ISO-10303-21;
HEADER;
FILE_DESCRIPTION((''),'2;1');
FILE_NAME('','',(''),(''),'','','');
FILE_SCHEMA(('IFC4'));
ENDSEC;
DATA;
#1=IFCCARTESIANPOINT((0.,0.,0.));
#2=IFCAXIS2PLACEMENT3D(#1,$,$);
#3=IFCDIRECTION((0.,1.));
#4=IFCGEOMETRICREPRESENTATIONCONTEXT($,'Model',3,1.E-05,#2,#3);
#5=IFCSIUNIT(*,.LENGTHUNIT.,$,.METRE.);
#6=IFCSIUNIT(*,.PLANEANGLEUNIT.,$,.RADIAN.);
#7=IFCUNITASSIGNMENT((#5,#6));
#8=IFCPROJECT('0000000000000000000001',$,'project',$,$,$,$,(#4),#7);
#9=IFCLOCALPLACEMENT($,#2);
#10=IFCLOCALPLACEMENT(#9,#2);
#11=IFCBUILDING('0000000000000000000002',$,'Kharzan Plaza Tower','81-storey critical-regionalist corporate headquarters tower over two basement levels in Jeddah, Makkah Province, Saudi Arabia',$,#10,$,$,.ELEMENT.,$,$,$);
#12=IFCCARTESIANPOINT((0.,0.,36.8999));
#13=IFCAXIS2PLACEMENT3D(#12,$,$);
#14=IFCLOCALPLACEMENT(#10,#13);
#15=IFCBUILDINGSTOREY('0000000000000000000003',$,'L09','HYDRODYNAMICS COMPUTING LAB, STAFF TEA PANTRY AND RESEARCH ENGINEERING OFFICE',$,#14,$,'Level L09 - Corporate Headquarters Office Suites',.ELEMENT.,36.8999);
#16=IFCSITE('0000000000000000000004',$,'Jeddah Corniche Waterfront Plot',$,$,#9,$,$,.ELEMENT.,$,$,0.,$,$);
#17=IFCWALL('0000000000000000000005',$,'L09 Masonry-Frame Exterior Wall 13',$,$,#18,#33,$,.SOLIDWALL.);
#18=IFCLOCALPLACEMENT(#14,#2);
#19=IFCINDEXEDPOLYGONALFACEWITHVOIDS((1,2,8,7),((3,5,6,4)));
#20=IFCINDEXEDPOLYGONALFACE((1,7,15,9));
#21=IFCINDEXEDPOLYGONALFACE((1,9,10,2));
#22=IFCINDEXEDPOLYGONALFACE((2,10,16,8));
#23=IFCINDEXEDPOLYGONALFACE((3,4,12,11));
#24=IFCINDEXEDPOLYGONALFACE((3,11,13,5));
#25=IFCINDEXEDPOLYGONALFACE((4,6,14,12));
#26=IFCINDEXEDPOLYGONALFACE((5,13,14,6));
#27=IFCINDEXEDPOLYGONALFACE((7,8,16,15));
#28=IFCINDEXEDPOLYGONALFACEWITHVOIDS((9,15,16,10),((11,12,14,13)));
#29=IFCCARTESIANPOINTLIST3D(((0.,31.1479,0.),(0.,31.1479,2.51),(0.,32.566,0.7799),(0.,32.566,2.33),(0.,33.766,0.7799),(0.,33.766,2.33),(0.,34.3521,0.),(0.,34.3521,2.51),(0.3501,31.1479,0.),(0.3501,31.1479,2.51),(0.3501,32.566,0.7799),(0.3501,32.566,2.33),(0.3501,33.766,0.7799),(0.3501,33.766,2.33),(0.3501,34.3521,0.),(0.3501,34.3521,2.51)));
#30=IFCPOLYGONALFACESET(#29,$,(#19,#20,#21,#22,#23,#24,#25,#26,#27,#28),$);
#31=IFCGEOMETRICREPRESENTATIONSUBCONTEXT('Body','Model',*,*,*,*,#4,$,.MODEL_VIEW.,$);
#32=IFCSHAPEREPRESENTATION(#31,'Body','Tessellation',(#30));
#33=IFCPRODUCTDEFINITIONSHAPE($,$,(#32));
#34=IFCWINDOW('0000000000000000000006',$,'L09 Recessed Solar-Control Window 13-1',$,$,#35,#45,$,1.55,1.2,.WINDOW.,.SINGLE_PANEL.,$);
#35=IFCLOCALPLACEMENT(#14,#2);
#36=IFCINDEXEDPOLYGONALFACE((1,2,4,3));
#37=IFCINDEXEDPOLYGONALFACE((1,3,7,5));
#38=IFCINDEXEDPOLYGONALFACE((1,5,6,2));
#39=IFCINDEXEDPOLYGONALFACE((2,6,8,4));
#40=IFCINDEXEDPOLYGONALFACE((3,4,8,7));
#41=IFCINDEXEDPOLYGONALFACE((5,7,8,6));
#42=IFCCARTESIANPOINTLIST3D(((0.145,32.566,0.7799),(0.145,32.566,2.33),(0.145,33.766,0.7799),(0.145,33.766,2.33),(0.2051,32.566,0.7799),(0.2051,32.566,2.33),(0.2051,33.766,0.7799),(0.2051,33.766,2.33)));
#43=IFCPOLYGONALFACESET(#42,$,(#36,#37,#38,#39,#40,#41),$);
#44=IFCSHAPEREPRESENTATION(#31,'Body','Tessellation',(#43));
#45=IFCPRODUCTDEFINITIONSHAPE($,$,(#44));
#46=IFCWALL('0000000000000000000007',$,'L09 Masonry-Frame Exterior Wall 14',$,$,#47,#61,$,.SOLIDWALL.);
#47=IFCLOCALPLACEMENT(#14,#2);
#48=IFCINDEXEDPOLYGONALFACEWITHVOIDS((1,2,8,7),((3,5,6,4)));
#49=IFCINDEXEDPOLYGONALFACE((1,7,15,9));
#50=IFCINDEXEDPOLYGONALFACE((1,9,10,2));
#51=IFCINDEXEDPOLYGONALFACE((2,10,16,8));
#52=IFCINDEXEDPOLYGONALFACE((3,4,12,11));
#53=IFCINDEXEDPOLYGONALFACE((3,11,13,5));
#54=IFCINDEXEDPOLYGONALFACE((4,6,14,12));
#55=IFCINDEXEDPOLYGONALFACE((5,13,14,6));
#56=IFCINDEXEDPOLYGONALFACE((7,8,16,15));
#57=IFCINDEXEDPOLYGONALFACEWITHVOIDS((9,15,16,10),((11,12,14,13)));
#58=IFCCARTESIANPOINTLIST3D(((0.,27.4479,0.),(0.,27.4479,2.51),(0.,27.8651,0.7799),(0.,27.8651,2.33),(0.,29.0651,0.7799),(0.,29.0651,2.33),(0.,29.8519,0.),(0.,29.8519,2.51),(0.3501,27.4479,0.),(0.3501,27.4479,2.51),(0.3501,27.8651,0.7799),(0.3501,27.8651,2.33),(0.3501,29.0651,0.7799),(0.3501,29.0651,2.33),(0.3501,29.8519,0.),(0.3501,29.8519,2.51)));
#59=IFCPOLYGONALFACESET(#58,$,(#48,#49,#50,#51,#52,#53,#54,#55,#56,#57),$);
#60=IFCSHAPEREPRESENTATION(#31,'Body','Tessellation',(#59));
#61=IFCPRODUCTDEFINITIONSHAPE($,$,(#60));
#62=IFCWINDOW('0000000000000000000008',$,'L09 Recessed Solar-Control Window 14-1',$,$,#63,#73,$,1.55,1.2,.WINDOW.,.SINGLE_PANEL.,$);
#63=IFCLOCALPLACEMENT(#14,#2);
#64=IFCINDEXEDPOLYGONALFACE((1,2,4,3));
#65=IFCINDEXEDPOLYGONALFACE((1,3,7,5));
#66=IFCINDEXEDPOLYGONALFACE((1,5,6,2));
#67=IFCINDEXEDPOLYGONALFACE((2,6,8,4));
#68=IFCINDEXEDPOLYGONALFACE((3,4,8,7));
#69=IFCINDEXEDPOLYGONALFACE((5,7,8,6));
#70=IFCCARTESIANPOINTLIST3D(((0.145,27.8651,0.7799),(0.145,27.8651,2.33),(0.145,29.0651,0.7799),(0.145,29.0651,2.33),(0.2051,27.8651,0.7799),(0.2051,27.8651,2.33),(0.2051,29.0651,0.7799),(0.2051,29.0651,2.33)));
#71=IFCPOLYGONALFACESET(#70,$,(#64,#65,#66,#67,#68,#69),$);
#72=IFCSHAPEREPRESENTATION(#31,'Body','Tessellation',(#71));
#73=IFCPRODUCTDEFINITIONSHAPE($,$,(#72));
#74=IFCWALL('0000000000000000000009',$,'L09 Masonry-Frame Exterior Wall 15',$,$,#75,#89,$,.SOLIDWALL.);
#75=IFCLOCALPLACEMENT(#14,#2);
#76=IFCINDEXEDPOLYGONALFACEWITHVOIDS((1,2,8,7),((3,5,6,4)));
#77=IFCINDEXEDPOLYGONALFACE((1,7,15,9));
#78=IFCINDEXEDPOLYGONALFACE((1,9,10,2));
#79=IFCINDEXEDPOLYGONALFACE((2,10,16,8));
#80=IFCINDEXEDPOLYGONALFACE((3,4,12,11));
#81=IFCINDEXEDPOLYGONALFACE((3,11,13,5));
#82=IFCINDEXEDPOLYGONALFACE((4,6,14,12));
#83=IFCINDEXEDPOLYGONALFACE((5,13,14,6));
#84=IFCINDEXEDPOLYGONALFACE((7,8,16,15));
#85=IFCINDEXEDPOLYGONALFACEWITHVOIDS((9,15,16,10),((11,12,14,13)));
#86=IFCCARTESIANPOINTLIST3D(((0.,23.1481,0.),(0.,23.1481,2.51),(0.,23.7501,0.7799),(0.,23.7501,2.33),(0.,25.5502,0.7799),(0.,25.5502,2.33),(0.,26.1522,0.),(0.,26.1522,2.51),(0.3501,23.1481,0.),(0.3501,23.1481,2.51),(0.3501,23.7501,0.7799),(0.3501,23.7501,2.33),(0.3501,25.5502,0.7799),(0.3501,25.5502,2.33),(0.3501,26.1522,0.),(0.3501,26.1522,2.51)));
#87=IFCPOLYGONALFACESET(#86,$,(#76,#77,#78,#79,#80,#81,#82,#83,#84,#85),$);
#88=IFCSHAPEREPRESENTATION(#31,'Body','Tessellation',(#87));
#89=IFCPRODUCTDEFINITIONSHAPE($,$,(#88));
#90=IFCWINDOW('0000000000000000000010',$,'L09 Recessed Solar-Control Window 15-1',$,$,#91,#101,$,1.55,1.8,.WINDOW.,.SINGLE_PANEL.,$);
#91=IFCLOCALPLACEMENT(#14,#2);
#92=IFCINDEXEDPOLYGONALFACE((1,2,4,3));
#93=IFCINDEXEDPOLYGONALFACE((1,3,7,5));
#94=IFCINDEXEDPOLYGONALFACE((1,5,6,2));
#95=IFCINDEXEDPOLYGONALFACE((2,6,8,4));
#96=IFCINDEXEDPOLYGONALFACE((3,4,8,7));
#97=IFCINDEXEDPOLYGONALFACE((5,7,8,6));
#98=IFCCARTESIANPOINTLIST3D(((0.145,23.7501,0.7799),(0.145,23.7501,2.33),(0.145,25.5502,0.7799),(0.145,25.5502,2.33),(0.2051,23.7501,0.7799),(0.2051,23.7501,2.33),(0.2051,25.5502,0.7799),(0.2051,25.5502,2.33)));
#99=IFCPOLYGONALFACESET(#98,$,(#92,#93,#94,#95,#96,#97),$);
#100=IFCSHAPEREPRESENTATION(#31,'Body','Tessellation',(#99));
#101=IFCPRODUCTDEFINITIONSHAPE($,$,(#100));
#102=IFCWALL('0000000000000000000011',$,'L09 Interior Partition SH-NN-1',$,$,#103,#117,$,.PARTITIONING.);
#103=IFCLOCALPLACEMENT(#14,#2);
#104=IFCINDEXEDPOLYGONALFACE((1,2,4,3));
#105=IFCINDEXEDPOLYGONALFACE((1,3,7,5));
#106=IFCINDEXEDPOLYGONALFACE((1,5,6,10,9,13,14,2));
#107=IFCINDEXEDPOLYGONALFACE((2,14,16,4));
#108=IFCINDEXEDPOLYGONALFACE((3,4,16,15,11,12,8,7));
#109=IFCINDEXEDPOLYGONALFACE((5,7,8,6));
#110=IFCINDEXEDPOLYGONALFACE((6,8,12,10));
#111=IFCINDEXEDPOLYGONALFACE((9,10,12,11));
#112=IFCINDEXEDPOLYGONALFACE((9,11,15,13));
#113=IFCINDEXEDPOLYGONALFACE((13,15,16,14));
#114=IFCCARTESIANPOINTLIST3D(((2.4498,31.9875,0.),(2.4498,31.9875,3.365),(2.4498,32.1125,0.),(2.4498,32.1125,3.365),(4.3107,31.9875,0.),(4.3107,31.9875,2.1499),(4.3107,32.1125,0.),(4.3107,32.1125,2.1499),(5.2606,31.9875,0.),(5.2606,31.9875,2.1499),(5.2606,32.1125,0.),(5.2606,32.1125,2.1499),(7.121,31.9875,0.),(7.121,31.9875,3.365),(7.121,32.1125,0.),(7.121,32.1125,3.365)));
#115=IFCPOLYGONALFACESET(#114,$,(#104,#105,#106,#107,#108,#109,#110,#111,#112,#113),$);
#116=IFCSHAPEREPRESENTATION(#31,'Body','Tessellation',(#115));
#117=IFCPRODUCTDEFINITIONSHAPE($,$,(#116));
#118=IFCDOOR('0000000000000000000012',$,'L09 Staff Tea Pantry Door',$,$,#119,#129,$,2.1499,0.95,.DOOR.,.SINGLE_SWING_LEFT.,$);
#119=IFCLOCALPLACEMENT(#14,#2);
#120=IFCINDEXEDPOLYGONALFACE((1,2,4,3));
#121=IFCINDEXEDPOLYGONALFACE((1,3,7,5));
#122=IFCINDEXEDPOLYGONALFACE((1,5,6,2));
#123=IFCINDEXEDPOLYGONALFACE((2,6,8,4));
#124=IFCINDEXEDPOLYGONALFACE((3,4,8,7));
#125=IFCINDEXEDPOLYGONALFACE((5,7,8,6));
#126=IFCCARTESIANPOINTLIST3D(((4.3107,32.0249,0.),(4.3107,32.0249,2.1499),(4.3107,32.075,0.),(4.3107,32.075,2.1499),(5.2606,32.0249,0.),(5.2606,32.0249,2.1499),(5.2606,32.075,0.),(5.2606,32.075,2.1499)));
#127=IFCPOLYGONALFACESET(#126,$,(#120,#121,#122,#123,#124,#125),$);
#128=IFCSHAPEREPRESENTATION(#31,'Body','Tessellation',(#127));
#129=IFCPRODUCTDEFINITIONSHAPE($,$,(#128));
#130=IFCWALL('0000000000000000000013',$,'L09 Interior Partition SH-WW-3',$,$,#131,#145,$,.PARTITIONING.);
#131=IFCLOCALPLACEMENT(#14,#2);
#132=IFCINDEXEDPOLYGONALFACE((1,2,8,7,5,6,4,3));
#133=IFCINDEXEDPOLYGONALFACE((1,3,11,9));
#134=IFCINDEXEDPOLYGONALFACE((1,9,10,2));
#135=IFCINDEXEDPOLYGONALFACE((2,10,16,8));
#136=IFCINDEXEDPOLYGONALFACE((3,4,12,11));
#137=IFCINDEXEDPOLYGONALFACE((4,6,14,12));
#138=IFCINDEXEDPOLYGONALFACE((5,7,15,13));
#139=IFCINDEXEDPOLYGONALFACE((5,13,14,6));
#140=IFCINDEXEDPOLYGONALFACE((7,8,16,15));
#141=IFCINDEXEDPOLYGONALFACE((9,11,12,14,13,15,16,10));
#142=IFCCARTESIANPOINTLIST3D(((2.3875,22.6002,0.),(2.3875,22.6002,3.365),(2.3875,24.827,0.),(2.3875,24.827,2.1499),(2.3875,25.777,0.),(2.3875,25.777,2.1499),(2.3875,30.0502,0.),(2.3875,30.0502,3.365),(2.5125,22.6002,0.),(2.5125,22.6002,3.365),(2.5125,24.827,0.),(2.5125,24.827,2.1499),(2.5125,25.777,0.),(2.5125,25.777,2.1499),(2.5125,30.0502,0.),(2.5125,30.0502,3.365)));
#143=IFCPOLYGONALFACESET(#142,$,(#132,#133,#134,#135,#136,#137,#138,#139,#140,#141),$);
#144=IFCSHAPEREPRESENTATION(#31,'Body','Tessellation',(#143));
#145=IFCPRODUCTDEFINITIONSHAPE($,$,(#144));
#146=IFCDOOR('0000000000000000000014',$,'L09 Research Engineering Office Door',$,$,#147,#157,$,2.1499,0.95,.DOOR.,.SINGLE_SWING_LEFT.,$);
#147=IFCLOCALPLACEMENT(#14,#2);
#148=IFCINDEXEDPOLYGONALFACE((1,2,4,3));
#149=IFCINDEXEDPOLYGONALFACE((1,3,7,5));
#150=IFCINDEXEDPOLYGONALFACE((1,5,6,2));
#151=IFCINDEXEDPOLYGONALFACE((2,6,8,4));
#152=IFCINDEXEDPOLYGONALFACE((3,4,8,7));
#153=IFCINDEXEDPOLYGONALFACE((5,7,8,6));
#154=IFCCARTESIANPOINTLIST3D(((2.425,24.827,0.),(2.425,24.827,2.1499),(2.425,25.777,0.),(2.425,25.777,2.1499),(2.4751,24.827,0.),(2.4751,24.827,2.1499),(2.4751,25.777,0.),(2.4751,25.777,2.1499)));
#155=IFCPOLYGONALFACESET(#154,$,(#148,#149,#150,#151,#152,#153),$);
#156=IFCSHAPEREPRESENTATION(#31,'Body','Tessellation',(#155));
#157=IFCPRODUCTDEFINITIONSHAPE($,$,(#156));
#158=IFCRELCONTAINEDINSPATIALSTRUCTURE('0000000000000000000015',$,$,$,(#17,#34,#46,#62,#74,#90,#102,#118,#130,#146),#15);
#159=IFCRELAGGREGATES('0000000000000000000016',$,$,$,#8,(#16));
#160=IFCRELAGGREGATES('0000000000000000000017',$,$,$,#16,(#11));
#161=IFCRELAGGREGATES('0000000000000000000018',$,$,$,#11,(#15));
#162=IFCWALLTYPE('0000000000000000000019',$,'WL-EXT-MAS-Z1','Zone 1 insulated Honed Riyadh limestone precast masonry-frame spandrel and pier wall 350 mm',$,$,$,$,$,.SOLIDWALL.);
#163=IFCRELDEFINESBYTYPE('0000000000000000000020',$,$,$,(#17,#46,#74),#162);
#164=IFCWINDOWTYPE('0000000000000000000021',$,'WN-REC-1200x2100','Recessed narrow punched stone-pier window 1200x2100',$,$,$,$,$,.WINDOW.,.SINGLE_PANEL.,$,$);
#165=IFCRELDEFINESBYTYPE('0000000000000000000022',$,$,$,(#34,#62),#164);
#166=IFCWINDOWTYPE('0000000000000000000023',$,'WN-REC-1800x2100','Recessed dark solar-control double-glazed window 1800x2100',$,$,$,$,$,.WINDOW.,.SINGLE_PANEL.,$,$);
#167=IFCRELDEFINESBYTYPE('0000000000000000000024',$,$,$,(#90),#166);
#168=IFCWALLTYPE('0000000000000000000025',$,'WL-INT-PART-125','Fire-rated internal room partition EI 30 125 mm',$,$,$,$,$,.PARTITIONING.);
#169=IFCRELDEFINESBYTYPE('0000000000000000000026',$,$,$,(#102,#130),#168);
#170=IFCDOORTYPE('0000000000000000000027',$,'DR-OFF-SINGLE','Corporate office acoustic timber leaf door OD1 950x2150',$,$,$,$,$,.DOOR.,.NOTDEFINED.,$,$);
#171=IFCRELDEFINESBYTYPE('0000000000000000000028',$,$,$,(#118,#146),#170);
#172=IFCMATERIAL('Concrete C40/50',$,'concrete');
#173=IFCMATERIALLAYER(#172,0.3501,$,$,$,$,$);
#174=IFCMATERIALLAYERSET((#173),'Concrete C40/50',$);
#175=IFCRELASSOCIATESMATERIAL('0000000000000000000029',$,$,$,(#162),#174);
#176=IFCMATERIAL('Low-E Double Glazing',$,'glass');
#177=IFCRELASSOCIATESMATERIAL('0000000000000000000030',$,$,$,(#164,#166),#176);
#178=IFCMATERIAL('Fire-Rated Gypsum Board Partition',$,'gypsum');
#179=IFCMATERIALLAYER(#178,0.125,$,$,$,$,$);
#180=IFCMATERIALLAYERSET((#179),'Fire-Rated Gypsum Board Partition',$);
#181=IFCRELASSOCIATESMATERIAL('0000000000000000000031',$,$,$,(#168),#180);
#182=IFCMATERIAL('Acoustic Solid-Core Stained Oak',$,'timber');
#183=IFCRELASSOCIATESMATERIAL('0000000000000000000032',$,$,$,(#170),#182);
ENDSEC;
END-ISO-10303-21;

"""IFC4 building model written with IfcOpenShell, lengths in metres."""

from ifc_helpers import new_model, si_unit, direction, frame, frame_2d, origin, place, context, subcontext, project, spatial, rectangle, extrude, source, transform, mapped, material, layer, layer_set, type_object, element, fill, save


model = new_model("IFC4")

# Units and contexts
model_context = context("Model", 3, precision=1e-05, world=origin(), true_north=direction((0.0, 1.0)))
body_context = subcontext(model_context, "Body", "Model", "MODEL_VIEW")
ifc_project = project(units=[si_unit("LENGTHUNIT", "METRE"), si_unit("PLANEANGLEUNIT", "RADIAN")], contexts=[model_context])

# Site, building, storey
site_placement = place(None, origin())
site = spatial("IfcSite", under=ifc_project, at=site_placement, Name="Jeddah Corniche Waterfront Plot", CompositionType="ELEMENT", RefElevation=0.0)
building_placement = place(site_placement, origin())
building = spatial("IfcBuilding", under=site, at=building_placement, Name="Kharzan Plaza Tower", Description="81-storey critical-regionalist corporate headquarters tower over two basement levels in Jeddah, Makkah Province, Saudi Arabia", CompositionType="ELEMENT")
storey_placement = place(building_placement, frame((0.0, 0.0, 36.8999)))
storey = spatial("IfcBuildingStorey", under=building, at=storey_placement, Name="L09", Description="HYDRODYNAMICS COMPUTING LAB, STAFF TEA PANTRY AND RESEARCH ENGINEERING OFFICE", LongName="Level L09 - Corporate Headquarters Office Suites", CompositionType="ELEMENT", Elevation=36.8999)

# Walls, openings, windows
ifc_material_1 = material(Name="Concrete C40/50", Category="concrete")
ifc_layer_1 = layer(ifc_material_1, 0.3501)
ifc_layer_set_1 = layer_set([ifc_layer_1], Name="Concrete C40/50")
wall_type_1 = type_object("IfcWallType", Name="WL-EXT-MAS-Z1", Description="Zone 1 insulated Honed Riyadh limestone precast masonry-frame spandrel and pier wall 350 mm", PredefinedType="SOLIDWALL", material=ifc_layer_set_1)
wall_1_placement = place(storey_placement, frame((0.175, 34.3521, 0.0), z_axis=(0.0, 0.0, 1.0), x_axis=(0.0, -1.0, 0.0)))
wall_1 = element("IfcWall", 1, at=wall_1_placement, inside=storey, type_object=wall_type_1, Name="L09 Masonry-Frame Exterior Wall 13", PredefinedType="SOLIDWALL", context=body_context, shape_type="SweptSolid", body=[
    extrude(rectangle(XDim=3.2041, YDim=0.3501, at=frame_2d((1.6021, 0.0))), origin(), (0.0, 0.0, 1.0), 2.51),
])
opening_1_placement = place(wall_1_placement, frame((0.5859, 0.0, 0.78)))
opening_1 = element("IfcOpeningElement", 2, at=opening_1_placement, cuts=wall_1, PredefinedType="OPENING", context=body_context, shape_type="SweptSolid", body=[
    extrude(rectangle(XDim=1.2, YDim=1.55, at=frame_2d((0.6001, 0.7749))), frame((0.0, 0.1851, 0.0), z_axis=(0.0, -1.0, 0.0), x_axis=(1.0, 0.0, 0.0)), (0.0, 0.0, 1.0), 0.3701),
])
ifc_material_2 = material(Name="Low-E Double Glazing", Category="glass")
window_type_1 = type_object("IfcWindowType", Name="WN-REC-1200x2100", Description="Recessed narrow punched stone-pier window 1200x2100", PartitioningType="SINGLE_PANEL", PredefinedType="WINDOW", material=ifc_material_2)
shared_shape_1 = source(origin(), body_context, "Body", "SweptSolid", [
    extrude(rectangle(XDim=1.2, YDim=1.55, at=frame_2d((0.6001, 0.7749))), frame((0.0, 0.03, 0.0), z_axis=(0.0, -1.0, 0.0), x_axis=(1.0, 0.0, 0.0)), (0.0, 0.0, 1.0), 0.0601),
])
window_1_placement = place(opening_1_placement, origin())
window_1 = element("IfcWindow", 3, at=window_1_placement, inside=storey, type_object=window_type_1, Name="L09 Recessed Solar-Control Window 13-1", OverallHeight=1.55, OverallWidth=1.2, PartitioningType="SINGLE_PANEL", PredefinedType="WINDOW", context=body_context, shape_type="MappedRepresentation", body=[
    mapped(shared_shape_1, transform((0.0, 0.0, 0.0), x_axis=(1.0, 0.0, 0.0), y_axis=(0.0, 1.0, 0.0), z_axis=(0.0, 0.0, 1.0))),
])
fill(opening_1, window_1)
wall_2_placement = place(storey_placement, frame((0.175, 29.8521, 0.0), z_axis=(0.0, 0.0, 1.0), x_axis=(0.0, -1.0, 0.0)))
wall_2 = element("IfcWall", 4, at=wall_2_placement, inside=storey, type_object=wall_type_1, Name="L09 Masonry-Frame Exterior Wall 14", PredefinedType="SOLIDWALL", context=body_context, shape_type="SweptSolid", body=[
    extrude(rectangle(XDim=2.4041, YDim=0.3501, at=frame_2d((1.2021, 0.0))), origin(), (0.0, 0.0, 1.0), 2.51),
])
opening_2_placement = place(wall_2_placement, frame((0.7869, 0.0, 0.78)))
opening_2 = element("IfcOpeningElement", 5, at=opening_2_placement, cuts=wall_2, PredefinedType="OPENING", context=body_context, shape_type="SweptSolid", body=[
    extrude(rectangle(XDim=1.2, YDim=1.55, at=frame_2d((0.6001, 0.7749))), frame((0.0, 0.1851, 0.0), z_axis=(0.0, -1.0, 0.0), x_axis=(1.0, 0.0, 0.0)), (0.0, 0.0, 1.0), 0.3701),
])
window_2_placement = place(opening_2_placement, origin())
window_2 = element("IfcWindow", 6, at=window_2_placement, inside=storey, type_object=window_type_1, Name="L09 Recessed Solar-Control Window 14-1", OverallHeight=1.55, OverallWidth=1.2, PartitioningType="SINGLE_PANEL", PredefinedType="WINDOW", context=body_context, shape_type="MappedRepresentation", body=[
    mapped(shared_shape_1, transform((0.0, 0.0, 0.0), x_axis=(1.0, 0.0, 0.0), y_axis=(0.0, 1.0, 0.0), z_axis=(0.0, 0.0, 1.0))),
])
fill(opening_2, window_2)
wall_3_placement = place(storey_placement, frame((0.175, 26.1521, 0.0), z_axis=(0.0, 0.0, 1.0), x_axis=(0.0, -1.0, 0.0)))
wall_3 = element("IfcWall", 7, at=wall_3_placement, inside=storey, type_object=wall_type_1, Name="L09 Masonry-Frame Exterior Wall 15", PredefinedType="SOLIDWALL", context=body_context, shape_type="SweptSolid", body=[
    extrude(rectangle(XDim=3.0042, YDim=0.3501, at=frame_2d((1.502, 0.0))), origin(), (0.0, 0.0, 1.0), 2.51),
])
opening_3_placement = place(wall_3_placement, frame((0.6021, 0.0, 0.78)))
opening_3 = element("IfcOpeningElement", 8, at=opening_3_placement, cuts=wall_3, PredefinedType="OPENING", context=body_context, shape_type="SweptSolid", body=[
    extrude(rectangle(XDim=1.8, YDim=1.55, at=frame_2d((0.8999, 0.7749))), frame((0.0, 0.1851, 0.0), z_axis=(0.0, -1.0, 0.0), x_axis=(1.0, 0.0, 0.0)), (0.0, 0.0, 1.0), 0.3701),
])
window_type_2 = type_object("IfcWindowType", Name="WN-REC-1800x2100", Description="Recessed dark solar-control double-glazed window 1800x2100", PartitioningType="SINGLE_PANEL", PredefinedType="WINDOW", material=ifc_material_2)
shared_shape_2 = source(origin(), body_context, "Body", "SweptSolid", [
    extrude(rectangle(XDim=1.8, YDim=1.55, at=frame_2d((0.8999, 0.7749))), frame((0.0, 0.03, 0.0), z_axis=(0.0, -1.0, 0.0), x_axis=(1.0, 0.0, 0.0)), (0.0, 0.0, 1.0), 0.0601),
])
window_3_placement = place(opening_3_placement, origin())
window_3 = element("IfcWindow", 9, at=window_3_placement, inside=storey, type_object=window_type_2, Name="L09 Recessed Solar-Control Window 15-1", OverallHeight=1.55, OverallWidth=1.8, PartitioningType="SINGLE_PANEL", PredefinedType="WINDOW", context=body_context, shape_type="MappedRepresentation", body=[
    mapped(shared_shape_2, transform((0.0, 0.0, 0.0), x_axis=(1.0, 0.0, 0.0), y_axis=(0.0, 1.0, 0.0), z_axis=(0.0, 0.0, 1.0))),
])
fill(opening_3, window_3)

# Walls, openings, doors
ifc_material_3 = material(Name="Fire-Rated Gypsum Board Partition", Category="gypsum")
ifc_layer_2 = layer(ifc_material_3, 0.125)
ifc_layer_set_2 = layer_set([ifc_layer_2], Name="Fire-Rated Gypsum Board Partition")
wall_type_2 = type_object("IfcWallType", Name="WL-INT-PART-125", Description="Fire-rated internal room partition EI 30 125 mm", PredefinedType="PARTITIONING", material=ifc_layer_set_2)
wall_4_placement = place(storey_placement, frame((2.45, 32.05, 0.0), z_axis=(0.0, 0.0, 1.0), x_axis=(1.0, 0.0, 0.0)))
wall_4 = element("IfcWall", 10, at=wall_4_placement, inside=storey, type_object=wall_type_2, Name="L09 Interior Partition SH-NN-1", PredefinedType="PARTITIONING", context=body_context, shape_type="SweptSolid", body=[
    extrude(rectangle(XDim=4.6711, YDim=0.125, at=frame_2d((2.3354, 0.0))), origin(), (0.0, 0.0, 1.0), 3.365),
])
opening_4_placement = place(wall_4_placement, frame((1.8606, 0.0, 0.0)))
opening_4 = element("IfcOpeningElement", 11, at=opening_4_placement, cuts=wall_4, PredefinedType="OPENING", context=body_context, shape_type="SweptSolid", body=[
    extrude(rectangle(XDim=0.95, YDim=2.1499, at=frame_2d((0.4751, 1.075))), frame((0.0, 0.0725, 0.0), z_axis=(0.0, -1.0, 0.0), x_axis=(1.0, 0.0, 0.0)), (0.0, 0.0, 1.0), 0.145),
])
ifc_material_4 = material(Name="Acoustic Solid-Core Stained Oak", Category="timber")
door_type_1 = type_object("IfcDoorType", Name="DR-OFF-SINGLE", Description="Corporate office acoustic timber leaf door OD1 950x2150", OperationType="NOTDEFINED", PredefinedType="DOOR", material=ifc_material_4)
shared_shape_3 = source(origin(), body_context, "Body", "SweptSolid", [
    extrude(rectangle(XDim=0.95, YDim=2.1499, at=frame_2d((0.4751, 1.075))), frame((0.0, 0.0249, 0.0), z_axis=(0.0, -1.0, 0.0), x_axis=(1.0, 0.0, 0.0)), (0.0, 0.0, 1.0), 0.05),
])
door_1_placement = place(opening_4_placement, origin())
door_1 = element("IfcDoor", 12, at=door_1_placement, inside=storey, type_object=door_type_1, Name="L09 Staff Tea Pantry Door", OperationType="SINGLE_SWING_LEFT", OverallHeight=2.1499, OverallWidth=0.95, PredefinedType="DOOR", context=body_context, shape_type="MappedRepresentation", body=[
    mapped(shared_shape_3, transform((0.0, 0.0, 0.0), x_axis=(1.0, 0.0, 0.0), y_axis=(0.0, 1.0, 0.0), z_axis=(0.0, 0.0, 1.0))),
])
fill(opening_4, door_1)
wall_5_placement = place(storey_placement, frame((2.45, 22.6001, 0.0), z_axis=(0.0, 0.0, 1.0), x_axis=(0.0, 1.0, 0.0)))
wall_5 = element("IfcWall", 13, at=wall_5_placement, inside=storey, type_object=wall_type_2, Name="L09 Interior Partition SH-WW-3", PredefinedType="PARTITIONING", context=body_context, shape_type="SweptSolid", body=[
    extrude(rectangle(XDim=7.45, YDim=0.125, at=frame_2d((3.7251, 0.0))), origin(), (0.0, 0.0, 1.0), 3.365),
])
opening_5_placement = place(wall_5_placement, frame((2.2268, 0.0, 0.0)))
opening_5 = element("IfcOpeningElement", 14, at=opening_5_placement, cuts=wall_5, PredefinedType="OPENING", context=body_context, shape_type="SweptSolid", body=[
    extrude(rectangle(XDim=0.95, YDim=2.1499, at=frame_2d((0.4751, 1.075))), frame((0.0, 0.0725, 0.0), z_axis=(0.0, -1.0, 0.0), x_axis=(1.0, 0.0, 0.0)), (0.0, 0.0, 1.0), 0.145),
])
door_2_placement = place(opening_5_placement, origin())
door_2 = element("IfcDoor", 15, at=door_2_placement, inside=storey, type_object=door_type_1, Name="L09 Research Engineering Office Door", OperationType="SINGLE_SWING_LEFT", OverallHeight=2.1499, OverallWidth=0.95, PredefinedType="DOOR", context=body_context, shape_type="MappedRepresentation", body=[
    mapped(shared_shape_3, transform((0.0, 0.0, 0.0), x_axis=(1.0, 0.0, 0.0), y_axis=(0.0, 1.0, 0.0), z_axis=(0.0, 0.0, 1.0))),
])
fill(opening_5, door_2)

save(model, "model.ifc")
